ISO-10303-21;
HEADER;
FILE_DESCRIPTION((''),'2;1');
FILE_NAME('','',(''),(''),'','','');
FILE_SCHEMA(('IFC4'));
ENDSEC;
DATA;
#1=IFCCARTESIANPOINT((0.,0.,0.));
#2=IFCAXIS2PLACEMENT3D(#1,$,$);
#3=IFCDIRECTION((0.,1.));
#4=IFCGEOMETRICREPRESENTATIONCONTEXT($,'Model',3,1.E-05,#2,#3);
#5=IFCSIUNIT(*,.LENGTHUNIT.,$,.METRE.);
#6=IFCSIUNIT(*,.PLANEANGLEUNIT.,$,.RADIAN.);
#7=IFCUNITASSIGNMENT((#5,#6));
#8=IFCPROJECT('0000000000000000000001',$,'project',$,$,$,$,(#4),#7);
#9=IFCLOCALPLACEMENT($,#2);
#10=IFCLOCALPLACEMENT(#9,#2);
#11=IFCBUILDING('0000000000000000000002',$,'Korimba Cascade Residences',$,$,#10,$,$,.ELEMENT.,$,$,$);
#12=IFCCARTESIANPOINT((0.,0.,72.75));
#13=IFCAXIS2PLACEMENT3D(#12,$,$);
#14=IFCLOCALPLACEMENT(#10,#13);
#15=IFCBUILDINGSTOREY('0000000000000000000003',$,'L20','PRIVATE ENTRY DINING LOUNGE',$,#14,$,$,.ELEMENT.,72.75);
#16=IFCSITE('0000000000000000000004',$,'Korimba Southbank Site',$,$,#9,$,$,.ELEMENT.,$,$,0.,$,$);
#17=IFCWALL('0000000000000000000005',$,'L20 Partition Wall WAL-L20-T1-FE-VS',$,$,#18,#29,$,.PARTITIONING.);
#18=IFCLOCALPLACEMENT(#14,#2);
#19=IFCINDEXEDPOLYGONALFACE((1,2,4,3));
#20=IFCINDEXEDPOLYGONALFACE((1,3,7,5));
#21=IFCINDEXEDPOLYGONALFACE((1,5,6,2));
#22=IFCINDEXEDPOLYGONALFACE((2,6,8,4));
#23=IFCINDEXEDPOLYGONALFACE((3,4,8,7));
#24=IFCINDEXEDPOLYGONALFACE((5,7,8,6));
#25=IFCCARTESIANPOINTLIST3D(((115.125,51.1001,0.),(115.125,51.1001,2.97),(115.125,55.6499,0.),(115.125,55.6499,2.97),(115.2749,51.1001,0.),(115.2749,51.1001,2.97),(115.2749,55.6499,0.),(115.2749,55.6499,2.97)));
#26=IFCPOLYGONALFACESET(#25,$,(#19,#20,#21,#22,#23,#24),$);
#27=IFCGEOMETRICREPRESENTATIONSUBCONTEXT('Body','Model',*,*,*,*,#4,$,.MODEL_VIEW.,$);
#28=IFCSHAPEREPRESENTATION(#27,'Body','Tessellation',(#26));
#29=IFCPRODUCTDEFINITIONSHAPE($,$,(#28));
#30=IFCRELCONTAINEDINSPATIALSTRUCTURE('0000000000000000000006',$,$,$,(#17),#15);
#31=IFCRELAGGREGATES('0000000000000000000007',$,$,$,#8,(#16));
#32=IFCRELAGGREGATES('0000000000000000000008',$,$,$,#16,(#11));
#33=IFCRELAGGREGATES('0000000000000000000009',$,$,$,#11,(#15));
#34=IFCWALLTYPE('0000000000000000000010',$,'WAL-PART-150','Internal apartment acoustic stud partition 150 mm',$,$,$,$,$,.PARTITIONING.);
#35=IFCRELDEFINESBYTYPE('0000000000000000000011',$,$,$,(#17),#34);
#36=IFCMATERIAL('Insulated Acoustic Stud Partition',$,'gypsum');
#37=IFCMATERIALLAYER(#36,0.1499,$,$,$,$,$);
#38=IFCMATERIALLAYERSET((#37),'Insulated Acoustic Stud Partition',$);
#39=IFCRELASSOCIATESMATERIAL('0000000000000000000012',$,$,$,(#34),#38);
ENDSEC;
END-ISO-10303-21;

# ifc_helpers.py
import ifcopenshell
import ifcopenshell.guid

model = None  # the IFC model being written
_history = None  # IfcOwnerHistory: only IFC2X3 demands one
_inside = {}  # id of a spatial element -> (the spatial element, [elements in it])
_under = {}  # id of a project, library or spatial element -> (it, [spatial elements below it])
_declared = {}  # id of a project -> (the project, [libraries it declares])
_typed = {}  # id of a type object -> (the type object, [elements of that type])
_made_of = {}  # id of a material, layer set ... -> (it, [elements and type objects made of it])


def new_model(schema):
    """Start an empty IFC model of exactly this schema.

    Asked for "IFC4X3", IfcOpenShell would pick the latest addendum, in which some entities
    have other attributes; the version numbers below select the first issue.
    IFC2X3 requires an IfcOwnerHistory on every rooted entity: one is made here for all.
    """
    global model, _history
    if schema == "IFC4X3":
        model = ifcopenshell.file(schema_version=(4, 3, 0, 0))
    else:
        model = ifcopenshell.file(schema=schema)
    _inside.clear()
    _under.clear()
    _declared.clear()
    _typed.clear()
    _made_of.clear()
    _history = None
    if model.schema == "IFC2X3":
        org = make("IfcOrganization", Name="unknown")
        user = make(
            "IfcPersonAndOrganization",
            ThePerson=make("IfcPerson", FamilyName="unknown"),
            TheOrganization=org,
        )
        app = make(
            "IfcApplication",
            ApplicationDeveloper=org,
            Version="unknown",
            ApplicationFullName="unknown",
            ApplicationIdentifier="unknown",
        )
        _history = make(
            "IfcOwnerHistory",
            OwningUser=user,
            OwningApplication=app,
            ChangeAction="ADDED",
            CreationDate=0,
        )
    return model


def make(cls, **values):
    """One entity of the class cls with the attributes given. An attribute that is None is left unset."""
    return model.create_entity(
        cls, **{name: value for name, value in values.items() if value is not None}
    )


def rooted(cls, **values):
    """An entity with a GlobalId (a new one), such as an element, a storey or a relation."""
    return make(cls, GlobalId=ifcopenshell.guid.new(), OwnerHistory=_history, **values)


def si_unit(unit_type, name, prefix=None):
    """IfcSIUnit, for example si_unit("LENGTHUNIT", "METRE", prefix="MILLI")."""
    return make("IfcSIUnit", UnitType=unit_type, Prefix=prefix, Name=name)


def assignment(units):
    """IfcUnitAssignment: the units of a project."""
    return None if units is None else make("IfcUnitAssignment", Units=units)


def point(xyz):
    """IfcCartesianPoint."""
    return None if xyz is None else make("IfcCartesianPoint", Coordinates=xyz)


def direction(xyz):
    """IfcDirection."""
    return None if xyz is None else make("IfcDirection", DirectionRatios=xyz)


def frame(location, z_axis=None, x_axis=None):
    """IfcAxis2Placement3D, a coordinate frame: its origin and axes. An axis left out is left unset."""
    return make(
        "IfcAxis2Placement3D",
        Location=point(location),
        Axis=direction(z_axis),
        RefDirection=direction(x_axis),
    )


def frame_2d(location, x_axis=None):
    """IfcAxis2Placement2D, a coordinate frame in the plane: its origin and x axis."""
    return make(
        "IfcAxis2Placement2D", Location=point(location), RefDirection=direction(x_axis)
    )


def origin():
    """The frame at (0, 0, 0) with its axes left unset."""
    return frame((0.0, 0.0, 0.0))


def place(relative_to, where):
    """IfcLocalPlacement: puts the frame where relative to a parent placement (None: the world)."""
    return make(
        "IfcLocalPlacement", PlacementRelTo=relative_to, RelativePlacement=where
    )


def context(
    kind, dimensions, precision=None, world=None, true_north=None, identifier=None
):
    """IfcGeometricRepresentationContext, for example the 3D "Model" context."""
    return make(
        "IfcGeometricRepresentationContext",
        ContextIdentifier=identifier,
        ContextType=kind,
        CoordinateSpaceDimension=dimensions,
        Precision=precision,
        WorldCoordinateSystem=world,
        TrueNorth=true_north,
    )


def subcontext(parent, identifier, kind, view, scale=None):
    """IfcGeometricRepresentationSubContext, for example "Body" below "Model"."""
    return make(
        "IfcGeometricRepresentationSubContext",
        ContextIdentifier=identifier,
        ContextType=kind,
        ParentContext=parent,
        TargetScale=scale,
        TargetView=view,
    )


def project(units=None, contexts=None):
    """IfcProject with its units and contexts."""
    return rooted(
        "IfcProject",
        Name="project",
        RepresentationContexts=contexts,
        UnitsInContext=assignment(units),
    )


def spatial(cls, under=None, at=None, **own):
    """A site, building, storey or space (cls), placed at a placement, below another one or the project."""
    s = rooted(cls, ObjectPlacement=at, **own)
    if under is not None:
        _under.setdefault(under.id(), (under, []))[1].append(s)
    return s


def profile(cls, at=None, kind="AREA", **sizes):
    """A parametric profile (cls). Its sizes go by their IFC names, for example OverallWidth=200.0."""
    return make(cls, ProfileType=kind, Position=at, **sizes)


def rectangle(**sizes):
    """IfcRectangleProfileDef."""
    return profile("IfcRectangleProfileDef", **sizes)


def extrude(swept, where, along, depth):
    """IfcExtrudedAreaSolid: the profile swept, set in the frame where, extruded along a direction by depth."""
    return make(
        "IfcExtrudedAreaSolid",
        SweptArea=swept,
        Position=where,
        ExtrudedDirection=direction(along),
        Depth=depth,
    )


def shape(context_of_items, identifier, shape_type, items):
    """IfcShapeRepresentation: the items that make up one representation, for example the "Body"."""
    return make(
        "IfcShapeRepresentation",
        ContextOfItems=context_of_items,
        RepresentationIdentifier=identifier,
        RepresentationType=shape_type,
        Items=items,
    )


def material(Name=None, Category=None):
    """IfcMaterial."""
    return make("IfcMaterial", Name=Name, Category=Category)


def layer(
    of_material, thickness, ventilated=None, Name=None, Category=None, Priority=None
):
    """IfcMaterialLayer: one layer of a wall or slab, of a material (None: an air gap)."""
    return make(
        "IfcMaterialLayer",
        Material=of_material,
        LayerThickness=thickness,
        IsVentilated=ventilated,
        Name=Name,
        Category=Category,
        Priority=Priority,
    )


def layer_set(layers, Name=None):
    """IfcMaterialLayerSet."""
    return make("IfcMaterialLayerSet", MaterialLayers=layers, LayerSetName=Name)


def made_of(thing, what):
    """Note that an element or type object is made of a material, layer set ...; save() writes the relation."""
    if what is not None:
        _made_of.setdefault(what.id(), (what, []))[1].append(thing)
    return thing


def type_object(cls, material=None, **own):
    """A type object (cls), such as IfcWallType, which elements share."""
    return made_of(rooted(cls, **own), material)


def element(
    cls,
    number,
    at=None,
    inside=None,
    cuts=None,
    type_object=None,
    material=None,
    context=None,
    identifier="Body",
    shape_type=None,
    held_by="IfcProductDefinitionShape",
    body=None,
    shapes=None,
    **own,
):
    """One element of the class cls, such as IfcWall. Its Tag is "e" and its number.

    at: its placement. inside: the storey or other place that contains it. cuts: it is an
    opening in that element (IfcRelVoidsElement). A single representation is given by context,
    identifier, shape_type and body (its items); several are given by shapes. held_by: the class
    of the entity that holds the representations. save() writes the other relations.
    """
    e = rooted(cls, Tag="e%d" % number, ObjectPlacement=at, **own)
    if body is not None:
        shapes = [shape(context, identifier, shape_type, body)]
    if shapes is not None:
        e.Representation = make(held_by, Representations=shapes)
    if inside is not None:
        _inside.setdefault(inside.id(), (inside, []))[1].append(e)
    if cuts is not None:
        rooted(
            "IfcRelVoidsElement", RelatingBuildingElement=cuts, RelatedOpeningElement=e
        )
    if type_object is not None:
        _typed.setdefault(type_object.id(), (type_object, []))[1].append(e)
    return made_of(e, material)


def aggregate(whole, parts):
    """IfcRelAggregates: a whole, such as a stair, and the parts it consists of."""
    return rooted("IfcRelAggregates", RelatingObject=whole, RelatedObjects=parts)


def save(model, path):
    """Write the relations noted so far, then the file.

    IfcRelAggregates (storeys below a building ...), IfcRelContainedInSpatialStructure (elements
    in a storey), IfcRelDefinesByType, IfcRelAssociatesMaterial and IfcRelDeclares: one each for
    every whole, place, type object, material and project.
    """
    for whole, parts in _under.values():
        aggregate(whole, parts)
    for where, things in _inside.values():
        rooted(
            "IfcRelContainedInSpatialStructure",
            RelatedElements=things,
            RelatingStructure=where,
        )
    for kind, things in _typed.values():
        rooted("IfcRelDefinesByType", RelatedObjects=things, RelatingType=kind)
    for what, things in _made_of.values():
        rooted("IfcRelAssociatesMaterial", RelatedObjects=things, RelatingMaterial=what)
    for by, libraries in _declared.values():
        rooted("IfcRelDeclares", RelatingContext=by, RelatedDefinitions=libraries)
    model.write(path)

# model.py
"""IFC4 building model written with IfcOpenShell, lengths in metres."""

from ifc_helpers import new_model, si_unit, direction, frame, frame_2d, origin, place, context, subcontext, project, spatial, rectangle, extrude, material, layer, layer_set, type_object, element, save


model = new_model("IFC4")

# Units and contexts
model_context = context("Model", 3, precision=1e-05, world=origin(), true_north=direction((0.0, 1.0)))
body_context = subcontext(model_context, "Body", "Model", "MODEL_VIEW")
ifc_project = project(units=[si_unit("LENGTHUNIT", "METRE"), si_unit("PLANEANGLEUNIT", "RADIAN")], contexts=[model_context])

# Site, building, storey
site_placement = place(None, origin())
site = spatial("IfcSite", under=ifc_project, at=site_placement, Name="Korimba Southbank Site", CompositionType="ELEMENT", RefElevation=0.0)
building_placement = place(site_placement, origin())
building = spatial("IfcBuilding", under=site, at=building_placement, Name="Korimba Cascade Residences", CompositionType="ELEMENT")
storey_placement = place(building_placement, frame((0.0, 0.0, 72.75)))
storey = spatial("IfcBuildingStorey", under=building, at=storey_placement, Name="L20", Description="PRIVATE ENTRY DINING LOUNGE", CompositionType="ELEMENT", Elevation=72.75)

# Shared definitions
ifc_material_1 = material(Name="Insulated Acoustic Stud Partition", Category="gypsum")
ifc_layer_1 = layer(ifc_material_1, 0.1499)
ifc_layer_set_1 = layer_set([ifc_layer_1], Name="Insulated Acoustic Stud Partition")
wall_type_1 = type_object("IfcWallType", Name="WAL-PART-150", Description="Internal apartment acoustic stud partition 150 mm", PredefinedType="PARTITIONING", material=ifc_layer_set_1)

# Wall
wall_1_placement = place(storey_placement, frame((115.2, 51.1001, 0.0), z_axis=(0.0, 0.0, 1.0), x_axis=(0.0, 1.0, 0.0)))
element("IfcWall", 1, at=wall_1_placement, inside=storey, type_object=wall_type_1, Name="L20 Partition Wall WAL-L20-T1-FE-VS", PredefinedType="PARTITIONING", context=body_context, shape_type="SweptSolid", body=[
    extrude(rectangle(XDim=4.5498, YDim=0.1499, at=frame_2d((2.2749, 0.0))), origin(), (0.0, 0.0, 1.0), 2.97),
])

save(model, "model.ifc")
